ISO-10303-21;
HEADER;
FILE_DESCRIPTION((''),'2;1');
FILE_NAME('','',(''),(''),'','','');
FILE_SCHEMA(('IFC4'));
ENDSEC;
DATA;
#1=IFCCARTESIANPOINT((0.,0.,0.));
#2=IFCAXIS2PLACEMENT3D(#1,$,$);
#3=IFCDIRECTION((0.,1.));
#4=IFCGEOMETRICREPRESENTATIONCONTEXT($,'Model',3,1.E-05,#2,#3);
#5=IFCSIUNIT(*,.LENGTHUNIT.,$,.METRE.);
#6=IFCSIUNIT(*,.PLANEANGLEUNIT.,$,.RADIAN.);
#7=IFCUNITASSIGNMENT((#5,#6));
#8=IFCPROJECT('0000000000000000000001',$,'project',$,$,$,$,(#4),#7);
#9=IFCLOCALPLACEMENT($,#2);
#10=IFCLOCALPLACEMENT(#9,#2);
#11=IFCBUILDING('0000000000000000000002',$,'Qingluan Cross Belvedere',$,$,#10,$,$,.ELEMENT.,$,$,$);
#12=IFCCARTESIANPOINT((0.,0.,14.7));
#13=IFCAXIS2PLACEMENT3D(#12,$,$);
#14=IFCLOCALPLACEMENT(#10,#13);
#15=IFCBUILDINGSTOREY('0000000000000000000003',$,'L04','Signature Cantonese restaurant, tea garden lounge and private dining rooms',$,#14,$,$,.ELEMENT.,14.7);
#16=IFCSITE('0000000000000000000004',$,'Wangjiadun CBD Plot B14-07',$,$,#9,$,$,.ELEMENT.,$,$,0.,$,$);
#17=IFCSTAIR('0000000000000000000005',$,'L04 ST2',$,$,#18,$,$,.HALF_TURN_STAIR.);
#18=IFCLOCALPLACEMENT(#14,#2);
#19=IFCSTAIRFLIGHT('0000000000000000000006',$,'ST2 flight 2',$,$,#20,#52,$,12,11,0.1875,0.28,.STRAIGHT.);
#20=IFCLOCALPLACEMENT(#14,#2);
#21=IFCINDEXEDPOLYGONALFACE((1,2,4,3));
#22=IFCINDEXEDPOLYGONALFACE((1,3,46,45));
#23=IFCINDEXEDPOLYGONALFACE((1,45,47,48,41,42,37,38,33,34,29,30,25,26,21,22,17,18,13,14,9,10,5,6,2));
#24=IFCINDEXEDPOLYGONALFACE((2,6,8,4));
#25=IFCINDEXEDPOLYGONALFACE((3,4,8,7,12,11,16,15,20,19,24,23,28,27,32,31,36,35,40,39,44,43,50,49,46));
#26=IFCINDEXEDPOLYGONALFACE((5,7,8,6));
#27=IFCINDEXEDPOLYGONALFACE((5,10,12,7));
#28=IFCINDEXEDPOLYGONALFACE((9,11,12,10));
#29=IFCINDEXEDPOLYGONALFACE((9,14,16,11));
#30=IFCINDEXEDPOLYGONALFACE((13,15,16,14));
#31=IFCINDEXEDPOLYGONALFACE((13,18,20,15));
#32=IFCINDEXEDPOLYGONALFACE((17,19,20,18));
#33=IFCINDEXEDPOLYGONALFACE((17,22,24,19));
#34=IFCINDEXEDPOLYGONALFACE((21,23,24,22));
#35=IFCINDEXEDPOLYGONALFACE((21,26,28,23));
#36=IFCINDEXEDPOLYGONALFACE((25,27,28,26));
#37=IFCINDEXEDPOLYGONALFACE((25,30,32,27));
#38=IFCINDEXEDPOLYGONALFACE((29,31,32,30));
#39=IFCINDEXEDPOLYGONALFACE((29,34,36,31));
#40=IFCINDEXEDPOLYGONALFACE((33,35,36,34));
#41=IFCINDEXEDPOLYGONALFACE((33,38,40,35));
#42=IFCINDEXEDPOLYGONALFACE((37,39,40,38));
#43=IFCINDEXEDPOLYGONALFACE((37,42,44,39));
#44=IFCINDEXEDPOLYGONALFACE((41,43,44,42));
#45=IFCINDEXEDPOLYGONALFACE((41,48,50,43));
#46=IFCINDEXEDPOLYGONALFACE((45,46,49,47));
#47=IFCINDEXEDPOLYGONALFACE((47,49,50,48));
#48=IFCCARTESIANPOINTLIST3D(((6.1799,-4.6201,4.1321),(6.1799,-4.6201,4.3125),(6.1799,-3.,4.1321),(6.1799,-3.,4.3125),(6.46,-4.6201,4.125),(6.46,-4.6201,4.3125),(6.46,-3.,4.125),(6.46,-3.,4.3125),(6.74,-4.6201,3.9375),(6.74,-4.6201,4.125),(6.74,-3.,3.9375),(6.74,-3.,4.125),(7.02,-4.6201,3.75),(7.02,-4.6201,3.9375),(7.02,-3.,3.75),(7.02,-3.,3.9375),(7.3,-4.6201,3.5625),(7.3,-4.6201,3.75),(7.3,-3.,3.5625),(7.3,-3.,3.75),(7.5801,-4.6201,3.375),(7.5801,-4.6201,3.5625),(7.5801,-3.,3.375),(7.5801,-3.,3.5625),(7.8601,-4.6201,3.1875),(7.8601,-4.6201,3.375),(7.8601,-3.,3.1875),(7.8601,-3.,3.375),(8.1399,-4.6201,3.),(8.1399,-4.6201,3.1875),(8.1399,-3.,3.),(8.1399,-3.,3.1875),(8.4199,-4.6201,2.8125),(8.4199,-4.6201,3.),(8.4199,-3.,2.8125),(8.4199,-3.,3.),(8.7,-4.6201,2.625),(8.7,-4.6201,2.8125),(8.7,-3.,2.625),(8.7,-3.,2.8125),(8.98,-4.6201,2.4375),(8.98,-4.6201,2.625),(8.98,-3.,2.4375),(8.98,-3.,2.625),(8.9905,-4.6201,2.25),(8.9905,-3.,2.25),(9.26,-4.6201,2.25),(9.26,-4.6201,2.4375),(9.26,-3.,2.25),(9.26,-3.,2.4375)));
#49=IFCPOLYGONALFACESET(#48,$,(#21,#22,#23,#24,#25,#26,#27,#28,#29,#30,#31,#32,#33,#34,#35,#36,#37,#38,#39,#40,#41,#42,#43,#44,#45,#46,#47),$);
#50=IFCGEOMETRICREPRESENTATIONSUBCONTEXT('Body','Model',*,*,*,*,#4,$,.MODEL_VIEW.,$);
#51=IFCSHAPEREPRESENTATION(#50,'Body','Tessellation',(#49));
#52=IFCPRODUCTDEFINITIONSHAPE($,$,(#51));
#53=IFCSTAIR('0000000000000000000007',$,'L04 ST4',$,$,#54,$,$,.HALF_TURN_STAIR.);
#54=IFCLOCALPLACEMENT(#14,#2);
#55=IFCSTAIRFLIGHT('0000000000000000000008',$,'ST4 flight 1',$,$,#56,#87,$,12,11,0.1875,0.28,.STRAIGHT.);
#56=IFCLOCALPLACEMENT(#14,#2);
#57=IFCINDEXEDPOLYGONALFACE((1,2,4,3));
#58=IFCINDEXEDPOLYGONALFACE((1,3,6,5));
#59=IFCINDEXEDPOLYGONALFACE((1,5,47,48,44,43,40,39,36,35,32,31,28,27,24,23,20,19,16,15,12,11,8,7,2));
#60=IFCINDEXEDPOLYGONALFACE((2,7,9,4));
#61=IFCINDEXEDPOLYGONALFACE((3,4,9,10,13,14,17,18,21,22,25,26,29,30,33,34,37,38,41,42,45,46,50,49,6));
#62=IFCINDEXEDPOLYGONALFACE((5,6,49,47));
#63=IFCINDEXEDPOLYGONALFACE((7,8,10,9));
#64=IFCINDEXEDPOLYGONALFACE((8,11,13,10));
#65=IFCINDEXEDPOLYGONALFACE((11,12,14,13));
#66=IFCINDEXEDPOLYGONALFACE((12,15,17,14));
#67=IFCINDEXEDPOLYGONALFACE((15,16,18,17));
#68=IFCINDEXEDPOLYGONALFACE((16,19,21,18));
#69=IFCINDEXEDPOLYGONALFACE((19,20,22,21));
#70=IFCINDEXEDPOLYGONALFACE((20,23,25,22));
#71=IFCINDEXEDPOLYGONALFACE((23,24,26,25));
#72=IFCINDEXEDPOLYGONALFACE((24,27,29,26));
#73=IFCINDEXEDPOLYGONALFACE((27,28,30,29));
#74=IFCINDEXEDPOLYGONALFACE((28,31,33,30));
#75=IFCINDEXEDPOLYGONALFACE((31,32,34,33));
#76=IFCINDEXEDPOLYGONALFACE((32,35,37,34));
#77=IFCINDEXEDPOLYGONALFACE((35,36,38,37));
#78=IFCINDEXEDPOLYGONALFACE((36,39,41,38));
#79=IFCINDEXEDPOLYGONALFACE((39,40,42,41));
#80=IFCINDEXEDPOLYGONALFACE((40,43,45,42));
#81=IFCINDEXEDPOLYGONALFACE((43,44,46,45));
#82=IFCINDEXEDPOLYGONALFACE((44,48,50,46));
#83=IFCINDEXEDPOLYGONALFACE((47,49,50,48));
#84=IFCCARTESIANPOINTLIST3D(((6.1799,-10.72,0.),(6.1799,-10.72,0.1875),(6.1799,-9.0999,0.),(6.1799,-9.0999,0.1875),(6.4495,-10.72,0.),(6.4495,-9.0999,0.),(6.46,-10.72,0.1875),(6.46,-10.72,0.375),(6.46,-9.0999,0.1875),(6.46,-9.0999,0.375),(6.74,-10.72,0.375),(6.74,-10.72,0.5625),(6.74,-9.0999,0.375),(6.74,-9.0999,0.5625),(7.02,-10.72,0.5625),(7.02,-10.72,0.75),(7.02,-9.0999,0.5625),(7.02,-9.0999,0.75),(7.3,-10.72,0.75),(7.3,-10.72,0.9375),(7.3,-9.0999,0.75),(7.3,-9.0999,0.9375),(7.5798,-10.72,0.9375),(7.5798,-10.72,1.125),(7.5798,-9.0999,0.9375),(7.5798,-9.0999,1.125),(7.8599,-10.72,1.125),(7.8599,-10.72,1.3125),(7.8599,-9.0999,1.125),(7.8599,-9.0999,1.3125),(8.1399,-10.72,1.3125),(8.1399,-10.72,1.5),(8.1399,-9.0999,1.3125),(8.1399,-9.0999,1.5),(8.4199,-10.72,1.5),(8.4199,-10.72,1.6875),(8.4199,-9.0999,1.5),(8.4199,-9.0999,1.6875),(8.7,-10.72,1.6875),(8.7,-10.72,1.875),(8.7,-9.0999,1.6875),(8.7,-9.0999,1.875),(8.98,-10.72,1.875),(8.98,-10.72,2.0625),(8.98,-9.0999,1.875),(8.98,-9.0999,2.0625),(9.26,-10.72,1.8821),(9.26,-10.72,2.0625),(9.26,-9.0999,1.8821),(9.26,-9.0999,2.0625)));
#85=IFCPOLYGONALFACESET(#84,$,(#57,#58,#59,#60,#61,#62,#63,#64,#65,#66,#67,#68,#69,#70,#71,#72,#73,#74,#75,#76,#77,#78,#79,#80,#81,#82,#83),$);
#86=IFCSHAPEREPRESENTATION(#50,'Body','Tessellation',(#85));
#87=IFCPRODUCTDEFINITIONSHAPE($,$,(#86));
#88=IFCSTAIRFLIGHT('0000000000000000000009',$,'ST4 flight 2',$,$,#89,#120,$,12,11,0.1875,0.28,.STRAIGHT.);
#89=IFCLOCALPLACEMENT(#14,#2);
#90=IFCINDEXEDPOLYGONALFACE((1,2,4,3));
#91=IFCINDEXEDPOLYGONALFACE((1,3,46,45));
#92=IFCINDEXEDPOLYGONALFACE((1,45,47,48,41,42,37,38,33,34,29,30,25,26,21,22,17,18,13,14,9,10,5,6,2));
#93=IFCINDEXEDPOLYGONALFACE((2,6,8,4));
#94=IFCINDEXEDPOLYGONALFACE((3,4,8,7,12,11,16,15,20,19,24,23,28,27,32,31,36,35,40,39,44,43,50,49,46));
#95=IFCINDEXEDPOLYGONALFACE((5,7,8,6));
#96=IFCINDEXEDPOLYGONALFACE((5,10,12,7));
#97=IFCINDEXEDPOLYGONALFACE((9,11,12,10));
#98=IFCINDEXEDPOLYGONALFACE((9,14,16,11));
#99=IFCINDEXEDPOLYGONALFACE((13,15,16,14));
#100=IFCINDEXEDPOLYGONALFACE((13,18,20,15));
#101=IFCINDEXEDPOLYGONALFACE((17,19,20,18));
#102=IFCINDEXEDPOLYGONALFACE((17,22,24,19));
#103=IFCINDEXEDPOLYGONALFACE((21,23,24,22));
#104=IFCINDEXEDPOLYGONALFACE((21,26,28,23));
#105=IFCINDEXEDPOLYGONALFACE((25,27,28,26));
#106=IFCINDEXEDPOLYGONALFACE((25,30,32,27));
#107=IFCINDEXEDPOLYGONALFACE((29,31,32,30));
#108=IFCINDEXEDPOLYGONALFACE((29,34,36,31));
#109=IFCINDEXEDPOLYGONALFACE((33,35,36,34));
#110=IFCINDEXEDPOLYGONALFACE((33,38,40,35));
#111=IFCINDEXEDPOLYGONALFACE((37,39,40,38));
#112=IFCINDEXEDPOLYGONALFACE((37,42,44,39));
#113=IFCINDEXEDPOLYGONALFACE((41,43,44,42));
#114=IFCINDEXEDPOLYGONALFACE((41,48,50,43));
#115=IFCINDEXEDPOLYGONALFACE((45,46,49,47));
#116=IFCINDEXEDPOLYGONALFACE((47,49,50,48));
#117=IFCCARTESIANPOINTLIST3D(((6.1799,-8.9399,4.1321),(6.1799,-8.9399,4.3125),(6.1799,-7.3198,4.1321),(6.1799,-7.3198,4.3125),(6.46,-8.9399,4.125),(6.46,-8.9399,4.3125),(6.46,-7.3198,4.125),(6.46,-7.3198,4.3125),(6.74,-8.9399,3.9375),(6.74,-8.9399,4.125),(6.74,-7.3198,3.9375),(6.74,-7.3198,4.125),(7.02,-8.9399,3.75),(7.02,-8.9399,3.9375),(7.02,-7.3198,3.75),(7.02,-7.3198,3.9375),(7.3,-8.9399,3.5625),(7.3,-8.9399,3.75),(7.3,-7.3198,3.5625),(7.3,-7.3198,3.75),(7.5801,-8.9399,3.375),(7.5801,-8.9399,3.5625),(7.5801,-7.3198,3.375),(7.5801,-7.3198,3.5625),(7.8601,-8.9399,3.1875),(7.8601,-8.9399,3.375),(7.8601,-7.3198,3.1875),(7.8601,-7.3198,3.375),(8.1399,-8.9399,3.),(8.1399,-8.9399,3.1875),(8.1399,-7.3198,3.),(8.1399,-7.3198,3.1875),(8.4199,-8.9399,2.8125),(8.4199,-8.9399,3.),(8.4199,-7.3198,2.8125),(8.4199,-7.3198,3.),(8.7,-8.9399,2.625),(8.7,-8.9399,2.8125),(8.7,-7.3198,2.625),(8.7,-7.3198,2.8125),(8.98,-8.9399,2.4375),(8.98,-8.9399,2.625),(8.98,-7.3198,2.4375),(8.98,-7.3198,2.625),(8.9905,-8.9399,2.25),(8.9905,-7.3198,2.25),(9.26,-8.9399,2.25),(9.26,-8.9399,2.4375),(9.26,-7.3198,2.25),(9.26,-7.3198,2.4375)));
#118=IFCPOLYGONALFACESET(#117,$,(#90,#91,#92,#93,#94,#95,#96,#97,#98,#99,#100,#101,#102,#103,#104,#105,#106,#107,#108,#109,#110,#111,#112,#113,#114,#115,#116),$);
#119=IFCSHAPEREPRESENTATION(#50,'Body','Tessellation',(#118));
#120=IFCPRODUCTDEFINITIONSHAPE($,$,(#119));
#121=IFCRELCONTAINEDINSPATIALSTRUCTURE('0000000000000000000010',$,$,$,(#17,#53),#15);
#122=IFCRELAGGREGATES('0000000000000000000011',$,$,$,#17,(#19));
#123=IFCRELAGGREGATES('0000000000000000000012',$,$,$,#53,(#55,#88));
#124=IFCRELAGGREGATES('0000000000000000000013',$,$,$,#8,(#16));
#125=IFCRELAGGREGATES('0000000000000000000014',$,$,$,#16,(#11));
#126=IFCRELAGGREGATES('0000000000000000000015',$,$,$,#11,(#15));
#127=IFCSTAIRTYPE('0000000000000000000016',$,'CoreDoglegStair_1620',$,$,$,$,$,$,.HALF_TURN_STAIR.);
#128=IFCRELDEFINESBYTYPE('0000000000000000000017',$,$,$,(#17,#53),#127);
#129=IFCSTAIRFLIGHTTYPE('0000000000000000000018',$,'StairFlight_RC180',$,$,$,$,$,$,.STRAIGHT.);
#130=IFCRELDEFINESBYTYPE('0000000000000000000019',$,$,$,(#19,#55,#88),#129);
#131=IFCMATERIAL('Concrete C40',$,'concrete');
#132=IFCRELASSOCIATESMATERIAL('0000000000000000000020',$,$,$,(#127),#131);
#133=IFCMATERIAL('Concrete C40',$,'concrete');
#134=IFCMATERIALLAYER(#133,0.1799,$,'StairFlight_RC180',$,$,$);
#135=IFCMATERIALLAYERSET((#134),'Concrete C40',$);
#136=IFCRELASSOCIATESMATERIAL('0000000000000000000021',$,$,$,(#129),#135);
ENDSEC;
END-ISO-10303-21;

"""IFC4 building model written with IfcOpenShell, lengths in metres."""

from ifc_helpers import new_model, si_unit, direction, frame, origin, place, context, subcontext, project, spatial, polyline, outline, extrude, material, layer, layer_set, type_object, element, aggregate, save


model = new_model("IFC4")

# Units and contexts
model_context = context("Model", 3, precision=1e-05, world=origin(), true_north=direction((0.0, 1.0)))
body_context = subcontext(model_context, "Body", "Model", "MODEL_VIEW")
ifc_project = project(units=[si_unit("LENGTHUNIT", "METRE"), si_unit("PLANEANGLEUNIT", "RADIAN")], contexts=[model_context])

# Site, building, storey
site_placement = place(None, origin())
site = spatial("IfcSite", under=ifc_project, at=site_placement, Name="Wangjiadun CBD Plot B14-07", CompositionType="ELEMENT", RefElevation=0.0)
building_placement = place(site_placement, origin())
building = spatial("IfcBuilding", under=site, at=building_placement, Name="Qingluan Cross Belvedere", CompositionType="ELEMENT")
storey_placement = place(building_placement, frame((0.0, 0.0, 14.7)))
storey = spatial("IfcBuildingStorey", under=building, at=storey_placement, Name="L04", Description="Signature Cantonese restaurant, tea garden lounge and private dining rooms", CompositionType="ELEMENT", Elevation=14.7)

# Stairs, stair flights
ifc_material_1 = material(Name="Concrete C40", Category="concrete")
stair_type = type_object("IfcStairType", Name="CoreDoglegStair_1620", PredefinedType="HALF_TURN_STAIR", material=ifc_material_1)
stair_1_placement = place(storey_placement, origin())
stair_1 = element("IfcStair", 1, at=stair_1_placement, inside=storey, type_object=stair_type, Name="L04 ST2", PredefinedType="HALF_TURN_STAIR")
ifc_material_2 = material(Name="Concrete C40", Category="concrete")
ifc_layer_1 = layer(ifc_material_2, 0.1799, Name="StairFlight_RC180")
ifc_layer_set_1 = layer_set([ifc_layer_1], Name="Concrete C40")
stair_flight_type = type_object("IfcStairFlightType", Name="StairFlight_RC180", PredefinedType="STRAIGHT", material=ifc_layer_set_1)
stair_flight_1_placement = place(storey_placement, frame((9.26, -3.8101, 2.25), z_axis=(0.0, 0.0, 1.0), x_axis=(-1.0, 0.0, 0.0)))
stair_flight_1 = element("IfcStairFlight", 2, at=stair_flight_1_placement, type_object=stair_flight_type, Name="ST2 flight 2", NumberOfRisers=12, NumberOfTreads=11, PredefinedType="STRAIGHT", RiserHeight=0.1875, TreadLength=0.28, context=body_context, shape_type="SweptSolid", body=[
    extrude(outline(polyline([(0.0, 0.0), (0.0, 0.1875), (0.28, 0.1875), (0.28, 0.375), (0.5601, 0.375), (0.5601, 0.5625), (0.8401, 0.5625), (0.8401, 0.75), (1.1201, 0.75), (1.1201, 0.9375), (1.3999, 0.9375), (1.3999, 1.125), (1.6799, 1.125), (1.6799, 1.3125), (1.96, 1.3125), (1.96, 1.5), (2.24, 1.5), (2.24, 1.6875), (2.52, 1.6875), (2.52, 1.875), (2.8, 1.875), (2.8, 2.0625), (3.0801, 2.0625), (3.0801, 2.25), (3.0801, 1.8821), (0.2695, 0.0), (0.0, 0.0)])), frame((0.0, 0.8101, 0.0), z_axis=(0.0, -1.0, 0.0), x_axis=(1.0, 0.0, 0.0)), (0.0, 0.0, 1.0), 1.6201),
])
aggregate(stair_1, [stair_flight_1])
stair_2_placement = place(storey_placement, origin())
stair_2 = element("IfcStair", 3, at=stair_2_placement, inside=storey, type_object=stair_type, Name="L04 ST4", PredefinedType="HALF_TURN_STAIR")
stair_flight_2_placement = place(storey_placement, frame((6.1799, -9.9099, 0.0), z_axis=(0.0, 0.0, 1.0), x_axis=(1.0, 0.0, 0.0)))
stair_flight_2 = element("IfcStairFlight", 4, at=stair_flight_2_placement, type_object=stair_flight_type, Name="ST4 flight 1", NumberOfRisers=12, NumberOfTreads=11, PredefinedType="STRAIGHT", RiserHeight=0.1875, TreadLength=0.28, context=body_context, shape_type="SweptSolid", body=[
    extrude(outline(polyline([(0.0, 0.0), (0.0, 0.1875), (0.28, 0.1875), (0.28, 0.375), (0.5601, 0.375), (0.5601, 0.5625), (0.8401, 0.5625), (0.8401, 0.75), (1.1201, 0.75), (1.1201, 0.9375), (1.3999, 0.9375), (1.3999, 1.125), (1.6799, 1.125), (1.6799, 1.3125), (1.96, 1.3125), (1.96, 1.5), (2.24, 1.5), (2.24, 1.6875), (2.52, 1.6875), (2.52, 1.875), (2.8, 1.875), (2.8, 2.0625), (3.0801, 2.0625), (3.0801, 2.25), (3.0801, 1.8821), (0.2695, 0.0), (0.0, 0.0)])), frame((0.0, 0.8101, 0.0), z_axis=(0.0, -1.0, 0.0), x_axis=(1.0, 0.0, 0.0)), (0.0, 0.0, 1.0), 1.6201),
])
stair_flight_3_placement = place(storey_placement, frame((9.26, -8.1299, 2.25), z_axis=(0.0, 0.0, 1.0), x_axis=(-1.0, 0.0, 0.0)))
stair_flight_3 = element("IfcStairFlight", 5, at=stair_flight_3_placement, type_object=stair_flight_type, Name="ST4 flight 2", NumberOfRisers=12, NumberOfTreads=11, PredefinedType="STRAIGHT", RiserHeight=0.1875, TreadLength=0.28, context=body_context, shape_type="SweptSolid", body=[
    extrude(outline(polyline([(0.0, 0.0), (0.0, 0.1875), (0.28, 0.1875), (0.28, 0.375), (0.5601, 0.375), (0.5601, 0.5625), (0.8401, 0.5625), (0.8401, 0.75), (1.1201, 0.75), (1.1201, 0.9375), (1.3999, 0.9375), (1.3999, 1.125), (1.6799, 1.125), (1.6799, 1.3125), (1.96, 1.3125), (1.96, 1.5), (2.24, 1.5), (2.24, 1.6875), (2.52, 1.6875), (2.52, 1.875), (2.8, 1.875), (2.8, 2.0625), (3.0801, 2.0625), (3.0801, 2.25), (3.0801, 1.8821), (0.2695, 0.0), (0.0, 0.0)])), frame((0.0, 0.8101, 0.0), z_axis=(0.0, -1.0, 0.0), x_axis=(1.0, 0.0, 0.0)), (0.0, 0.0, 1.0), 1.6201),
])
aggregate(stair_2, [stair_flight_2, stair_flight_3])

save(model, "model.ifc")
